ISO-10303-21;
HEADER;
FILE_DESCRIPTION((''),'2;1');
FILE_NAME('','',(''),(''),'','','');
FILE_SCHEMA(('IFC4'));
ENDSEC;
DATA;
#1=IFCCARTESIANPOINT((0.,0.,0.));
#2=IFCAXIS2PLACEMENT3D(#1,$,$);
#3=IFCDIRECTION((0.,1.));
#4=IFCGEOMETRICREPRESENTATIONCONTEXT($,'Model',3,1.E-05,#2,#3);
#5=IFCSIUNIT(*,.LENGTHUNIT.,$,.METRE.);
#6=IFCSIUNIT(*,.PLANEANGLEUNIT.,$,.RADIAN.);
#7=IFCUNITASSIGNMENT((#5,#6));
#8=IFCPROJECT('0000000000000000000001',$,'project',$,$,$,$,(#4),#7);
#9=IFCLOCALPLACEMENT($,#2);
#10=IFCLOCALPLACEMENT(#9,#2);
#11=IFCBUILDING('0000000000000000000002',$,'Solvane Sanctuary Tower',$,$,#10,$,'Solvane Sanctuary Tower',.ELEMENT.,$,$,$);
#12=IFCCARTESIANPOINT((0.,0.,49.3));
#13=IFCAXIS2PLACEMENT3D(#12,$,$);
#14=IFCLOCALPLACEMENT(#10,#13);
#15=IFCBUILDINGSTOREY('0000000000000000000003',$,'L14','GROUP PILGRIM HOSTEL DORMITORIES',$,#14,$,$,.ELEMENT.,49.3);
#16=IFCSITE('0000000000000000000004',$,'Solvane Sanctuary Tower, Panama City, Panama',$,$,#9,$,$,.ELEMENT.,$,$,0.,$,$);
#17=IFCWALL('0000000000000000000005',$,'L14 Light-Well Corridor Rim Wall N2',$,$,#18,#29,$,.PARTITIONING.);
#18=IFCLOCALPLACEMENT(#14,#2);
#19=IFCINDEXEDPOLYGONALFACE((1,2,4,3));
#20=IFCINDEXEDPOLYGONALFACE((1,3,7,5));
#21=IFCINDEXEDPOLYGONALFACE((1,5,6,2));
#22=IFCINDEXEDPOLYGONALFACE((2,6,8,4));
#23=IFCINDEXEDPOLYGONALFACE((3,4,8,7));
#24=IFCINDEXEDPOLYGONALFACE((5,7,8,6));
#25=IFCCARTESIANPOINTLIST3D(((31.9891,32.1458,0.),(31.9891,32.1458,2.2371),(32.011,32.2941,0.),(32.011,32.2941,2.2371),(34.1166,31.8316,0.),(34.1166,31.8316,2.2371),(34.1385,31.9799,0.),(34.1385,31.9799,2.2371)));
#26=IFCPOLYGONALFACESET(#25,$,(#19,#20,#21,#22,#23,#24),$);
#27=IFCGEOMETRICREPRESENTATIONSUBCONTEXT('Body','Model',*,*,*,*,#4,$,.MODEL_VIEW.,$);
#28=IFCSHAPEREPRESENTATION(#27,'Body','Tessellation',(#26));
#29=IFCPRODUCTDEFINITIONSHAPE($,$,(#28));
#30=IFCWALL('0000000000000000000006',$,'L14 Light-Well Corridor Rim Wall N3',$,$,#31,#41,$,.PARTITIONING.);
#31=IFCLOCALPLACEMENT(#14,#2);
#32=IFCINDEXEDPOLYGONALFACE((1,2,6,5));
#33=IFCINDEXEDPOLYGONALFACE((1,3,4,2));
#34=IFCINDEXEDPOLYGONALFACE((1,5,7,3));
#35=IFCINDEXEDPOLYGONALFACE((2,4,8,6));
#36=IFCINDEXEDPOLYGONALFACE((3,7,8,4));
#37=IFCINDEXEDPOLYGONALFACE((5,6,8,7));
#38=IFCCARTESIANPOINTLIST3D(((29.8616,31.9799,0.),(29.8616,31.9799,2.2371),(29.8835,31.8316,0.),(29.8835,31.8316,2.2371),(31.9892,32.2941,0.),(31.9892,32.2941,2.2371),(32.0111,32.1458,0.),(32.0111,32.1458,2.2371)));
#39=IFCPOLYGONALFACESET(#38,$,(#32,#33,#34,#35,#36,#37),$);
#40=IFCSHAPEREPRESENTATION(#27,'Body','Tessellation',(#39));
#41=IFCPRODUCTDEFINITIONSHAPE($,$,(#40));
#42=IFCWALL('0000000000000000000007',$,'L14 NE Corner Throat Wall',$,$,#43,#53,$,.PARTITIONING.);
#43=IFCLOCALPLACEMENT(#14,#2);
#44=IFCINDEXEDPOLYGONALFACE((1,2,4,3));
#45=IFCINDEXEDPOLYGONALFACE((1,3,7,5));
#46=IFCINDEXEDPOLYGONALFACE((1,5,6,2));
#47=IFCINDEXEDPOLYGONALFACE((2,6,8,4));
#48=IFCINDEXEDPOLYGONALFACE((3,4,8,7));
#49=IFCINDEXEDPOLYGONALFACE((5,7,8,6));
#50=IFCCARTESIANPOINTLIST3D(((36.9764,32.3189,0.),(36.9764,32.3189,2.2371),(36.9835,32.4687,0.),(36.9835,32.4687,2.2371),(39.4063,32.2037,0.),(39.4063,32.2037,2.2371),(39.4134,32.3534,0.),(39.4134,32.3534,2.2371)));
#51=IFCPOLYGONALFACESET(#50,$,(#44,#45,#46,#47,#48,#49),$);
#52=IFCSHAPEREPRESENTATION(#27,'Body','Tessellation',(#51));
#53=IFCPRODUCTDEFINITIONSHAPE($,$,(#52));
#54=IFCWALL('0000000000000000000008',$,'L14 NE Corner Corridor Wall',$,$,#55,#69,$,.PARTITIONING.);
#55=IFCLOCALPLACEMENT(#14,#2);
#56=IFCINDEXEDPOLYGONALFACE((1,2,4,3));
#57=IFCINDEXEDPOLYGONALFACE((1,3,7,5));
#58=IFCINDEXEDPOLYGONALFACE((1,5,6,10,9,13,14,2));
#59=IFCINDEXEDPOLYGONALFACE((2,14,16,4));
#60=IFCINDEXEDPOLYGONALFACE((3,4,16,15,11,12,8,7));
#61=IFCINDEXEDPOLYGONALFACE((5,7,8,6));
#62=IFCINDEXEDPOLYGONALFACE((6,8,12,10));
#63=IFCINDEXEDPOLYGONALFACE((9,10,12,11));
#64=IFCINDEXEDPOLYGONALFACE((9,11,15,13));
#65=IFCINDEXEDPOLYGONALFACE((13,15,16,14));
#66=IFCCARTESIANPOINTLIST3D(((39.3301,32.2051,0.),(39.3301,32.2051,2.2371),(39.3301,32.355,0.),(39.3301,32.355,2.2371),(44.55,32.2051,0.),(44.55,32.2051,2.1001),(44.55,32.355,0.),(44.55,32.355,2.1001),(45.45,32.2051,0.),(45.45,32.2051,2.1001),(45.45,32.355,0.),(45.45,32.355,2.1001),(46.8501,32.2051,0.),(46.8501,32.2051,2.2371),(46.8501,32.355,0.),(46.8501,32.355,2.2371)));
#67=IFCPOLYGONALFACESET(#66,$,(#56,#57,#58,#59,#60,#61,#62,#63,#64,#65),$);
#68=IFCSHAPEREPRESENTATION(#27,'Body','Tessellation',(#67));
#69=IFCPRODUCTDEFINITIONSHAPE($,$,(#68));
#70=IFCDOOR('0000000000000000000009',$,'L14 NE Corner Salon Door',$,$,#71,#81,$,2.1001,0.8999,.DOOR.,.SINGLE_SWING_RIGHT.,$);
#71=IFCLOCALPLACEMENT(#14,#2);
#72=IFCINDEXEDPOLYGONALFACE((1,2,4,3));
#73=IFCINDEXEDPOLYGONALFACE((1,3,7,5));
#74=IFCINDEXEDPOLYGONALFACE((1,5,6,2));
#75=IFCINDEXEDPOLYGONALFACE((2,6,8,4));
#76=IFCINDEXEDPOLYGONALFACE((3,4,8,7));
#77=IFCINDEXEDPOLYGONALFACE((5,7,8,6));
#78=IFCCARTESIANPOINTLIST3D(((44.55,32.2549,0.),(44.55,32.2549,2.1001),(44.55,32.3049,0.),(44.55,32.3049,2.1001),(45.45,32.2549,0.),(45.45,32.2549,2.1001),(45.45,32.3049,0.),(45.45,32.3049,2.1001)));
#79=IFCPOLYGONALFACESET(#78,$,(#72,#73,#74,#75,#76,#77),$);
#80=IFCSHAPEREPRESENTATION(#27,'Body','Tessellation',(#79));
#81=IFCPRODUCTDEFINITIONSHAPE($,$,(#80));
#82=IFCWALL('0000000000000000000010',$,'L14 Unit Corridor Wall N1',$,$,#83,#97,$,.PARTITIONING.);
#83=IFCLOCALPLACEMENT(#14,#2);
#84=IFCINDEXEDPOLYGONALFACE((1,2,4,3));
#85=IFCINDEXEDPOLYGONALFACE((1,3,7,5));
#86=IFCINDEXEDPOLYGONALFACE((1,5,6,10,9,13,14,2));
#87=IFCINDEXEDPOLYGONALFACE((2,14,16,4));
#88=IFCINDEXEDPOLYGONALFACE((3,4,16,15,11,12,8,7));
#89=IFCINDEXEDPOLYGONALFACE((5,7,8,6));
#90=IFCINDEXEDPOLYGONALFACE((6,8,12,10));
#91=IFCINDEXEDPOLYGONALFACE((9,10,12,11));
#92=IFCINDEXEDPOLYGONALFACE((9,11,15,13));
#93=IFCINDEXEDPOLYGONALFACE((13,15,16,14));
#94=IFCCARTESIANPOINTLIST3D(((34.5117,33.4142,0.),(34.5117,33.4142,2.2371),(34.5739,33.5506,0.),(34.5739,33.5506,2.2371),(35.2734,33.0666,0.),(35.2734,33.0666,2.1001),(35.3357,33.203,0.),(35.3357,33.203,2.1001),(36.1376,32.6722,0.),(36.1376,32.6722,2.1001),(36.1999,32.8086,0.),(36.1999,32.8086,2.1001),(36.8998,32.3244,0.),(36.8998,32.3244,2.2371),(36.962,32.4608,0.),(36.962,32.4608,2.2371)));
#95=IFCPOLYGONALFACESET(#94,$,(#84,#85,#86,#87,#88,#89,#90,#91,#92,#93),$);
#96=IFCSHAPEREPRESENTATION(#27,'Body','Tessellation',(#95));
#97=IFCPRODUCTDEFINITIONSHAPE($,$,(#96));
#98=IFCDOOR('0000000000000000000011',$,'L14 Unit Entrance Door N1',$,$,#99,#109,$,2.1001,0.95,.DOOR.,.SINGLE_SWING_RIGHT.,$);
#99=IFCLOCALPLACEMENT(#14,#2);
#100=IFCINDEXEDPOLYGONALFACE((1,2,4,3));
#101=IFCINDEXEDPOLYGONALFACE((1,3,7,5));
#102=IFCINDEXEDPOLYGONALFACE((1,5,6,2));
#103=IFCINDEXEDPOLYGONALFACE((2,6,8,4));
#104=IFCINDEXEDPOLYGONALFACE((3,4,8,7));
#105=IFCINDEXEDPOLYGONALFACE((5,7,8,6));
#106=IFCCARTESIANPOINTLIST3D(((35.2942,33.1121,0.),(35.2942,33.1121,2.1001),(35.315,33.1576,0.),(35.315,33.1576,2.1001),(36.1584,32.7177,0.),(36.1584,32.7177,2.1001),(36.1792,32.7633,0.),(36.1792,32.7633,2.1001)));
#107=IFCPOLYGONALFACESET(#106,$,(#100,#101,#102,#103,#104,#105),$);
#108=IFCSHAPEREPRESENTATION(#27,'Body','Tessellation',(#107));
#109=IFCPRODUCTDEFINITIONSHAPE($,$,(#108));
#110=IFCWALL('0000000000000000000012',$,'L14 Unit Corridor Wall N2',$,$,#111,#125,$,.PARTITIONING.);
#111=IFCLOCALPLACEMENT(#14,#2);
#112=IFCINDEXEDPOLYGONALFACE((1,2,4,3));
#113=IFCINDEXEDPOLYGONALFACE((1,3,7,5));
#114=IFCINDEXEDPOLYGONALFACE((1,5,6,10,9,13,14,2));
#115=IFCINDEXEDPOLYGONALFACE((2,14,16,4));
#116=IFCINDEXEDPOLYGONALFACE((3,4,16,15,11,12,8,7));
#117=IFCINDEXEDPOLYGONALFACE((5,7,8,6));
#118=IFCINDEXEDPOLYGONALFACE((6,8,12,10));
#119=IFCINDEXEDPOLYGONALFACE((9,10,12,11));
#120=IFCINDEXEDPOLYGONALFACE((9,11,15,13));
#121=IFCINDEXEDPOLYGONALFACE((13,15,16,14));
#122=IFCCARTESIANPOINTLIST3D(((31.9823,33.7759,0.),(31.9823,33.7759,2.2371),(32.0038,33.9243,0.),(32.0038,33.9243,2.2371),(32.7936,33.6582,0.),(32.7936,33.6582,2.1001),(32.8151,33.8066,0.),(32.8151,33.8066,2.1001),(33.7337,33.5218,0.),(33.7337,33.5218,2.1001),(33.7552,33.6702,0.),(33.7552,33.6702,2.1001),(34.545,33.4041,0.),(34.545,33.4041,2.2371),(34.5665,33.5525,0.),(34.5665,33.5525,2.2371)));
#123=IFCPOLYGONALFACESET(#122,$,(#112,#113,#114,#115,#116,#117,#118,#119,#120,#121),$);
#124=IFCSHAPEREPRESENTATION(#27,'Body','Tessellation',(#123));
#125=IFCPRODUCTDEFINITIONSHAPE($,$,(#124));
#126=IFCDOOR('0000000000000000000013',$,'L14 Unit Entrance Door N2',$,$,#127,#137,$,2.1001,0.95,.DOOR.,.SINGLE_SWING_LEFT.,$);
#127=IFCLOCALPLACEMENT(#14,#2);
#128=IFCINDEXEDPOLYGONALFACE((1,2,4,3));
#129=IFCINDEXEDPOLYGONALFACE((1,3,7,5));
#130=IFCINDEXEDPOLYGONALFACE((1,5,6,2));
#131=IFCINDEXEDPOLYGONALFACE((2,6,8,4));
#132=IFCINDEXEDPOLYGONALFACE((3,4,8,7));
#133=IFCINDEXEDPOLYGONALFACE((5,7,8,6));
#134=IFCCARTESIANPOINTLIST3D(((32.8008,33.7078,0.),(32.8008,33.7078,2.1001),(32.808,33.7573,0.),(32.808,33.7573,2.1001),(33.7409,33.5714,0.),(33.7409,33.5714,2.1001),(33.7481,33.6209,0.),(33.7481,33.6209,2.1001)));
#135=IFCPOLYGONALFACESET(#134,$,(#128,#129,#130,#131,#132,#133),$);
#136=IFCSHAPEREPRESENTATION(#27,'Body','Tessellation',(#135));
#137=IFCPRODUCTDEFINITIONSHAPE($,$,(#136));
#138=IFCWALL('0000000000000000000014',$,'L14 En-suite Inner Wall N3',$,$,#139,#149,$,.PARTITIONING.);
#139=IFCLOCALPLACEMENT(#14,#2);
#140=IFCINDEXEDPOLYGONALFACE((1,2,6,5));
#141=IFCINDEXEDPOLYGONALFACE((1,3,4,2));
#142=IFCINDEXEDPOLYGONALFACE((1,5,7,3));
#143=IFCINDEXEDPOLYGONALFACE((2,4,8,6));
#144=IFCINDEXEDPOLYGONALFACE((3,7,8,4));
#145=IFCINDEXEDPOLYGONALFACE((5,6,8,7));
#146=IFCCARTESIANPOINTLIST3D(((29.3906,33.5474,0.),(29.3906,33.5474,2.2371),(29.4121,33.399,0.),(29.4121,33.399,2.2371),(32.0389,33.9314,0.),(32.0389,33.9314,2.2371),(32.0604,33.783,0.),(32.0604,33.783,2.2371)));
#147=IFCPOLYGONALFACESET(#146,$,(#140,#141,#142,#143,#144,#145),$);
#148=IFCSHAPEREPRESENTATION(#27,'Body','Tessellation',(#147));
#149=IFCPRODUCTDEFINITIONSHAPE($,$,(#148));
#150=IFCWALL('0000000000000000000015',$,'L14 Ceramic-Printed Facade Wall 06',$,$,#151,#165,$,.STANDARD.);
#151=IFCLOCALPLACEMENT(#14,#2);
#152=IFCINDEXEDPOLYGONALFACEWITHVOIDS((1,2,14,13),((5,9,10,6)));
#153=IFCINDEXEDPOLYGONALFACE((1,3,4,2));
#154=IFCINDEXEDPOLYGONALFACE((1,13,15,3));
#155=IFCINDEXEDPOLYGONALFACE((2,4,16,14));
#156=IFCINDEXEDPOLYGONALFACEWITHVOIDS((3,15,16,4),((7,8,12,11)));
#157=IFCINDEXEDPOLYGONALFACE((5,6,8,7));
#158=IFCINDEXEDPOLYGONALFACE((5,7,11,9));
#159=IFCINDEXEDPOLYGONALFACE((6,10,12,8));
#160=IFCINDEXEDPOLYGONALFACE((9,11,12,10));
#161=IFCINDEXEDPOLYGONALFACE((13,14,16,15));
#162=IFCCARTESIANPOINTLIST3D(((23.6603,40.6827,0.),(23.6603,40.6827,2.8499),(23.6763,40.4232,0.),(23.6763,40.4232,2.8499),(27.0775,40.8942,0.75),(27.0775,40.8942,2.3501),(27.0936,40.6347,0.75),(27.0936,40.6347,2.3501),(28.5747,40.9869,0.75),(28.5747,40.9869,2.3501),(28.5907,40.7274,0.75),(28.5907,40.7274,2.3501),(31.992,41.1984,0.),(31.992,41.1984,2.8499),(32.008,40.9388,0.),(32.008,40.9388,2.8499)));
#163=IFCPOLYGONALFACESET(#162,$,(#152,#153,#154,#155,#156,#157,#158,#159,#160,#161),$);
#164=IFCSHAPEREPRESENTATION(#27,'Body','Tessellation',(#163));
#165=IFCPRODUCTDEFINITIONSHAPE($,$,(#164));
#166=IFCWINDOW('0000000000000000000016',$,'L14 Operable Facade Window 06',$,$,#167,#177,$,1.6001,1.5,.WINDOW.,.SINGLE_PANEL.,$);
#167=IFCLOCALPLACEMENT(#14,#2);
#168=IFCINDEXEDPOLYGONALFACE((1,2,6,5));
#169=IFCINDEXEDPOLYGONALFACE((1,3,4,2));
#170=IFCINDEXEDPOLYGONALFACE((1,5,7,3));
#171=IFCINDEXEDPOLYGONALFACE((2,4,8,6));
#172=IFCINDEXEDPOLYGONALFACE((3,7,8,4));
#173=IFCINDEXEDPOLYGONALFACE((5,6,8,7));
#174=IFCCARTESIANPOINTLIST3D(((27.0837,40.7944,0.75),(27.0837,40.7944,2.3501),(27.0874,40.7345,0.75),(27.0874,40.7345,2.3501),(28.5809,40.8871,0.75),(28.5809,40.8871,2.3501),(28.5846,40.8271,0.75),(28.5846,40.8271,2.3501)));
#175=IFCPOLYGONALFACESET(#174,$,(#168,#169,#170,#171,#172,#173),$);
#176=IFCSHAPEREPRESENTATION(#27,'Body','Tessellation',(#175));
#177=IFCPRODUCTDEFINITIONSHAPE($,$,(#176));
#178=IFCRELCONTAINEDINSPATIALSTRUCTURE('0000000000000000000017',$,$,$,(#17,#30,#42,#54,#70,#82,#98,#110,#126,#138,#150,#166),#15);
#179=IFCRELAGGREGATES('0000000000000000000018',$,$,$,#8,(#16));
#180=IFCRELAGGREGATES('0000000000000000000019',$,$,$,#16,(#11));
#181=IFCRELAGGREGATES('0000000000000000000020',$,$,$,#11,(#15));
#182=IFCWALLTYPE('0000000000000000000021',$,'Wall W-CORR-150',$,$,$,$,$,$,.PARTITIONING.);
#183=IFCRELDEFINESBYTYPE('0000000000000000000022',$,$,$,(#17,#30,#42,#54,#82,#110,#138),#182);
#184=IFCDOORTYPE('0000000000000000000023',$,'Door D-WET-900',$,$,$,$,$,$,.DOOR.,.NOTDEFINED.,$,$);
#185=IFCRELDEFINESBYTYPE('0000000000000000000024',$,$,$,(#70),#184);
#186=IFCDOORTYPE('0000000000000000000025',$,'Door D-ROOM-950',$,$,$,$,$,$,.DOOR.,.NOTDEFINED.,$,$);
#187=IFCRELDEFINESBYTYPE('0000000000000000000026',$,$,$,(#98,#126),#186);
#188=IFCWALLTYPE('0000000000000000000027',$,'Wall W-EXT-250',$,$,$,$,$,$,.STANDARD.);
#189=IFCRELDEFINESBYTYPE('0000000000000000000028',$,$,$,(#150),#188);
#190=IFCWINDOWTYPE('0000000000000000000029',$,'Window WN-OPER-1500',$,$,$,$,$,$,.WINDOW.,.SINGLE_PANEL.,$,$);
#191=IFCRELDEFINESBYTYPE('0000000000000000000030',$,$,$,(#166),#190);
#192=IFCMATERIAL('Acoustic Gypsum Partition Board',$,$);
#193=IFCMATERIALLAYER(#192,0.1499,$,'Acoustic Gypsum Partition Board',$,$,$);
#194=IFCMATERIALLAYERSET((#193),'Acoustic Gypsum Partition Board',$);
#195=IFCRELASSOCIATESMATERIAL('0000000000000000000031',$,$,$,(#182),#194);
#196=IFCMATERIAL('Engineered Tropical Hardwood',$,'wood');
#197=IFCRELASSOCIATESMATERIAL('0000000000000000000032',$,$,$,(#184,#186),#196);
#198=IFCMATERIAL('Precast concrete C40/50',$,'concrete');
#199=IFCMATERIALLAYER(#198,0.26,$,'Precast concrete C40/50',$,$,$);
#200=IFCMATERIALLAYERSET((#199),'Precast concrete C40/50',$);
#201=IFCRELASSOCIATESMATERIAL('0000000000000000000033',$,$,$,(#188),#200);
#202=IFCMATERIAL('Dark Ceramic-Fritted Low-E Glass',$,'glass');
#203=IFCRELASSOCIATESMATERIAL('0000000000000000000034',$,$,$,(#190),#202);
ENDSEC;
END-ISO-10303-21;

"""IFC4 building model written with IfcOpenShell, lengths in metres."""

from ifc_helpers import new_model, si_unit, direction, frame, frame_2d, origin, place, context, subcontext, project, spatial, rectangle, extrude, material, layer, layer_set, type_object, element, fill, save


model = new_model("IFC4")

# Units and contexts
model_context = context("Model", 3, precision=1e-05, world=origin(), true_north=direction((0.0, 1.0)))
body_context = subcontext(model_context, "Body", "Model", "MODEL_VIEW")
ifc_project = project(units=[si_unit("LENGTHUNIT", "METRE"), si_unit("PLANEANGLEUNIT", "RADIAN")], contexts=[model_context])

# Site, building, storey
site_placement = place(None, origin())
site = spatial("IfcSite", under=ifc_project, at=site_placement, Name="Solvane Sanctuary Tower, Panama City, Panama", CompositionType="ELEMENT", RefElevation=0.0)
building_placement = place(site_placement, origin())
building = spatial("IfcBuilding", under=site, at=building_placement, Name="Solvane Sanctuary Tower", LongName="Solvane Sanctuary Tower", CompositionType="ELEMENT")
storey_placement = place(building_placement, frame((0.0, 0.0, 49.3)))
storey = spatial("IfcBuildingStorey", under=building, at=storey_placement, Name="L14", Description="GROUP PILGRIM HOSTEL DORMITORIES", CompositionType="ELEMENT", Elevation=49.3)

# Walls
ifc_material_1 = material(Name="Acoustic Gypsum Partition Board")
ifc_layer_1 = layer(ifc_material_1, 0.1499, Name="Acoustic Gypsum Partition Board")
ifc_layer_set_1 = layer_set([ifc_layer_1], Name="Acoustic Gypsum Partition Board")
wall_type_1 = type_object("IfcWallType", Name="Wall W-CORR-150", PredefinedType="PARTITIONING", material=ifc_layer_set_1)
for number, where, z_axis, x_axis, name in (
    (1, (34.1274, 31.9058, 0.0), (0.0, 0.0, 1.0), (-0.989269, 0.146108, 0.0), "L14 Light-Well Corridor Rim Wall N2"),
    (2, (32.0, 32.22, 0.0), (0.0, 0.0, 1.0), (-0.989269, -0.146108, 0.0), "L14 Light-Well Corridor Rim Wall N3"),
):
    element("IfcWall", number, at=place(storey_placement, frame(where, z_axis=z_axis, x_axis=x_axis)), inside=storey, type_object=wall_type_1, Name=name, PredefinedType="PARTITIONING", context=body_context, shape_type="SweptSolid", body=[
        extrude(rectangle(XDim=2.1506, YDim=0.1499, at=frame_2d((1.0752, 0.0))), origin(), (0.0, 0.0, 1.0), 2.2371),
    ])
wall_1_placement = place(storey_placement, frame((36.98, 32.3938, 0.0), z_axis=(0.0, 0.0, 1.0), x_axis=(0.998877, -0.04737, 0.0)))
element("IfcWall", 3, at=wall_1_placement, inside=storey, type_object=wall_type_1, Name="L14 NE Corner Throat Wall", PredefinedType="PARTITIONING", context=body_context, shape_type="SweptSolid", body=[
    extrude(rectangle(XDim=2.4326, YDim=0.1499, at=frame_2d((1.2163, 0.0))), origin(), (0.0, 0.0, 1.0), 2.2371),
])

# Walls, openings, doors
wall_2_placement = place(storey_placement, frame((39.3301, 32.28, 0.0), z_axis=(0.0, 0.0, 1.0), x_axis=(1.0, 0.0, 0.0)))
wall_2 = element("IfcWall", 4, at=wall_2_placement, inside=storey, type_object=wall_type_1, Name="L14 NE Corner Corridor Wall", PredefinedType="PARTITIONING", context=body_context, shape_type="SweptSolid", body=[
    extrude(rectangle(XDim=7.52, YDim=0.1499, at=frame_2d((3.76, 0.0))), origin(), (0.0, 0.0, 1.0), 2.2371),
])
opening_1_placement = place(wall_2_placement, frame((5.22, 0.0, 0.0)))
opening_1 = element("IfcOpeningElement", 5, at=opening_1_placement, cuts=wall_2, PredefinedType="OPENING", context=body_context, shape_type="SweptSolid", body=[
    extrude(rectangle(XDim=0.8999, YDim=2.1001, at=frame_2d((0.45, 1.05))), frame((0.0, 0.085, 0.0), z_axis=(0.0, -1.0, 0.0), x_axis=(1.0, 0.0, 0.0)), (0.0, 0.0, 1.0), 0.1699),
])
ifc_material_2 = material(Name="Engineered Tropical Hardwood", Category="wood")
door_type_1 = type_object("IfcDoorType", Name="Door D-WET-900", OperationType="NOTDEFINED", PredefinedType="DOOR", material=ifc_material_2)
door_1_placement = place(opening_1_placement, origin())
door_1 = element("IfcDoor", 6, at=door_1_placement, inside=storey, type_object=door_type_1, Name="L14 NE Corner Salon Door", OperationType="SINGLE_SWING_RIGHT", OverallHeight=2.1001, OverallWidth=0.8999, PredefinedType="DOOR", context=body_context, shape_type="SweptSolid", body=[
    extrude(rectangle(XDim=0.8999, YDim=2.1001, at=frame_2d((0.45, 1.05))), frame((0.0, 0.0249, 0.0), z_axis=(0.0, -1.0, 0.0), x_axis=(1.0, 0.0, 0.0)), (0.0, 0.0, 1.0), 0.05),
])
fill(opening_1, door_1)
wall_3_placement = place(storey_placement, frame((36.9309, 32.3926, 0.0), z_axis=(0.0, 0.0, 1.0), x_axis=(-0.909748, 0.415162, 0.0)))
wall_3 = element("IfcWall", 7, at=wall_3_placement, inside=storey, type_object=wall_type_1, Name="L14 Unit Corridor Wall N1", PredefinedType="PARTITIONING", context=body_context, shape_type="SweptSolid", body=[
    extrude(rectangle(XDim=2.625, YDim=0.1499, at=frame_2d((1.3125, 0.0))), origin(), (0.0, 0.0, 1.0), 2.2371),
])
opening_2_placement = place(wall_3_placement, frame((0.8376, 0.0, 0.0)))
opening_2 = element("IfcOpeningElement", 8, at=opening_2_placement, cuts=wall_3, PredefinedType="OPENING", context=body_context, shape_type="SweptSolid", body=[
    extrude(rectangle(XDim=0.95, YDim=2.1001, at=frame_2d((0.4751, 1.05))), frame((0.0, 0.085, 0.0), z_axis=(0.0, -1.0, 0.0), x_axis=(1.0, 0.0, 0.0)), (0.0, 0.0, 1.0), 0.1699),
])
door_type_2 = type_object("IfcDoorType", Name="Door D-ROOM-950", OperationType="NOTDEFINED", PredefinedType="DOOR", material=ifc_material_2)
door_2_placement = place(opening_2_placement, origin())
door_2 = element("IfcDoor", 9, at=door_2_placement, inside=storey, type_object=door_type_2, Name="L14 Unit Entrance Door N1", OperationType="SINGLE_SWING_RIGHT", OverallHeight=2.1001, OverallWidth=0.95, PredefinedType="DOOR", context=body_context, shape_type="SweptSolid", body=[
    extrude(rectangle(XDim=0.95, YDim=2.1001, at=frame_2d((0.4751, 1.05))), frame((0.0, 0.0249, 0.0), z_axis=(0.0, -1.0, 0.0), x_axis=(1.0, 0.0, 0.0)), (0.0, 0.0, 1.0), 0.05),
])
fill(opening_2, door_2)
wall_4_placement = place(storey_placement, frame((34.5559, 33.4783, 0.0), z_axis=(0.0, 0.0, 1.0), x_axis=(-0.989638, 0.143586, 0.0)))
wall_4 = element("IfcWall", 10, at=wall_4_placement, inside=storey, type_object=wall_type_1, Name="L14 Unit Corridor Wall N2", PredefinedType="PARTITIONING", context=body_context, shape_type="SweptSolid", body=[
    extrude(rectangle(XDim=2.5896, YDim=0.1499, at=frame_2d((1.2949, 0.0))), origin(), (0.0, 0.0, 1.0), 2.2371),
])
opening_3_placement = place(wall_4_placement, frame((0.8198, 0.0, 0.0)))
opening_3 = element("IfcOpeningElement", 11, at=opening_3_placement, cuts=wall_4, PredefinedType="OPENING", context=body_context, shape_type="SweptSolid", body=[
    extrude(rectangle(XDim=0.95, YDim=2.1001, at=frame_2d((0.4751, 1.05))), frame((0.0, 0.085, 0.0), z_axis=(0.0, -1.0, 0.0), x_axis=(1.0, 0.0, 0.0)), (0.0, 0.0, 1.0), 0.1699),
])
door_3_placement = place(opening_3_placement, origin())
door_3 = element("IfcDoor", 12, at=door_3_placement, inside=storey, type_object=door_type_2, Name="L14 Unit Entrance Door N2", OperationType="SINGLE_SWING_LEFT", OverallHeight=2.1001, OverallWidth=0.95, PredefinedType="DOOR", context=body_context, shape_type="SweptSolid", body=[
    extrude(rectangle(XDim=0.95, YDim=2.1001, at=frame_2d((0.4751, 1.05))), frame((0.0, 0.0249, 0.0), z_axis=(0.0, -1.0, 0.0), x_axis=(1.0, 0.0, 0.0)), (0.0, 0.0, 1.0), 0.05),
])
fill(opening_3, door_3)

# Wall
wall_5_placement = place(storey_placement, frame((32.0496, 33.8572, 0.0), z_axis=(0.0, 0.0, 1.0), x_axis=(-0.98965, -0.143503, 0.0)))
element("IfcWall", 13, at=wall_5_placement, inside=storey, type_object=wall_type_1, Name="L14 En-suite Inner Wall N3", PredefinedType="PARTITIONING", context=body_context, shape_type="SweptSolid", body=[
    extrude(rectangle(XDim=2.676, YDim=0.1499, at=frame_2d((1.3379, 0.0))), origin(), (0.0, 0.0, 1.0), 2.2371),
])

# Wall, opening, window
ifc_material_3 = material(Name="Precast concrete C40/50", Category="concrete")
ifc_layer_2 = layer(ifc_material_3, 0.26, Name="Precast concrete C40/50")
ifc_layer_set_2 = layer_set([ifc_layer_2], Name="Precast concrete C40/50")
wall_type_2 = type_object("IfcWallType", Name="Wall W-EXT-250", PredefinedType="STANDARD", material=ifc_layer_set_2)
wall_6_placement = place(storey_placement, frame((32.0, 41.0686, 0.0), z_axis=(0.0, 0.0, 1.0), x_axis=(-0.998091, -0.061768, 0.0)))
wall_6 = element("IfcWall", 14, at=wall_6_placement, inside=storey, type_object=wall_type_2, Name="L14 Ceramic-Printed Facade Wall 06", PredefinedType="STANDARD", context=body_context, shape_type="SweptSolid", body=[
    extrude(rectangle(XDim=8.3477, YDim=0.26, at=frame_2d((4.1738, 0.0))), origin(), (0.0, 0.0, 1.0), 2.8499),
])
opening_4_placement = place(wall_6_placement, frame((3.4238, 0.0, 0.75)))
opening_4 = element("IfcOpeningElement", 15, at=opening_4_placement, cuts=wall_6, PredefinedType="OPENING", context=body_context, shape_type="SweptSolid", body=[
    extrude(rectangle(XDim=1.5, YDim=1.6001, at=frame_2d((0.75, 0.8))), frame((0.0, 0.1399, 0.0), z_axis=(0.0, -1.0, 0.0), x_axis=(1.0, 0.0, 0.0)), (0.0, 0.0, 1.0), 0.28),
])
ifc_material_4 = material(Name="Dark Ceramic-Fritted Low-E Glass", Category="glass")
window_type = type_object("IfcWindowType", Name="Window WN-OPER-1500", PartitioningType="SINGLE_PANEL", PredefinedType="WINDOW", material=ifc_material_4)
window_placement = place(opening_4_placement, origin())
window = element("IfcWindow", 16, at=window_placement, inside=storey, type_object=window_type, Name="L14 Operable Facade Window 06", OverallHeight=1.6001, OverallWidth=1.5, PartitioningType="SINGLE_PANEL", PredefinedType="WINDOW", context=body_context, shape_type="SweptSolid", body=[
    extrude(rectangle(XDim=1.5, YDim=1.6001, at=frame_2d((0.75, 0.8))), frame((0.0, 0.03, 0.0), z_axis=(0.0, -1.0, 0.0), x_axis=(1.0, 0.0, 0.0)), (0.0, 0.0, 1.0), 0.0601),
])
fill(opening_4, window)

save(model, "model.ifc")
